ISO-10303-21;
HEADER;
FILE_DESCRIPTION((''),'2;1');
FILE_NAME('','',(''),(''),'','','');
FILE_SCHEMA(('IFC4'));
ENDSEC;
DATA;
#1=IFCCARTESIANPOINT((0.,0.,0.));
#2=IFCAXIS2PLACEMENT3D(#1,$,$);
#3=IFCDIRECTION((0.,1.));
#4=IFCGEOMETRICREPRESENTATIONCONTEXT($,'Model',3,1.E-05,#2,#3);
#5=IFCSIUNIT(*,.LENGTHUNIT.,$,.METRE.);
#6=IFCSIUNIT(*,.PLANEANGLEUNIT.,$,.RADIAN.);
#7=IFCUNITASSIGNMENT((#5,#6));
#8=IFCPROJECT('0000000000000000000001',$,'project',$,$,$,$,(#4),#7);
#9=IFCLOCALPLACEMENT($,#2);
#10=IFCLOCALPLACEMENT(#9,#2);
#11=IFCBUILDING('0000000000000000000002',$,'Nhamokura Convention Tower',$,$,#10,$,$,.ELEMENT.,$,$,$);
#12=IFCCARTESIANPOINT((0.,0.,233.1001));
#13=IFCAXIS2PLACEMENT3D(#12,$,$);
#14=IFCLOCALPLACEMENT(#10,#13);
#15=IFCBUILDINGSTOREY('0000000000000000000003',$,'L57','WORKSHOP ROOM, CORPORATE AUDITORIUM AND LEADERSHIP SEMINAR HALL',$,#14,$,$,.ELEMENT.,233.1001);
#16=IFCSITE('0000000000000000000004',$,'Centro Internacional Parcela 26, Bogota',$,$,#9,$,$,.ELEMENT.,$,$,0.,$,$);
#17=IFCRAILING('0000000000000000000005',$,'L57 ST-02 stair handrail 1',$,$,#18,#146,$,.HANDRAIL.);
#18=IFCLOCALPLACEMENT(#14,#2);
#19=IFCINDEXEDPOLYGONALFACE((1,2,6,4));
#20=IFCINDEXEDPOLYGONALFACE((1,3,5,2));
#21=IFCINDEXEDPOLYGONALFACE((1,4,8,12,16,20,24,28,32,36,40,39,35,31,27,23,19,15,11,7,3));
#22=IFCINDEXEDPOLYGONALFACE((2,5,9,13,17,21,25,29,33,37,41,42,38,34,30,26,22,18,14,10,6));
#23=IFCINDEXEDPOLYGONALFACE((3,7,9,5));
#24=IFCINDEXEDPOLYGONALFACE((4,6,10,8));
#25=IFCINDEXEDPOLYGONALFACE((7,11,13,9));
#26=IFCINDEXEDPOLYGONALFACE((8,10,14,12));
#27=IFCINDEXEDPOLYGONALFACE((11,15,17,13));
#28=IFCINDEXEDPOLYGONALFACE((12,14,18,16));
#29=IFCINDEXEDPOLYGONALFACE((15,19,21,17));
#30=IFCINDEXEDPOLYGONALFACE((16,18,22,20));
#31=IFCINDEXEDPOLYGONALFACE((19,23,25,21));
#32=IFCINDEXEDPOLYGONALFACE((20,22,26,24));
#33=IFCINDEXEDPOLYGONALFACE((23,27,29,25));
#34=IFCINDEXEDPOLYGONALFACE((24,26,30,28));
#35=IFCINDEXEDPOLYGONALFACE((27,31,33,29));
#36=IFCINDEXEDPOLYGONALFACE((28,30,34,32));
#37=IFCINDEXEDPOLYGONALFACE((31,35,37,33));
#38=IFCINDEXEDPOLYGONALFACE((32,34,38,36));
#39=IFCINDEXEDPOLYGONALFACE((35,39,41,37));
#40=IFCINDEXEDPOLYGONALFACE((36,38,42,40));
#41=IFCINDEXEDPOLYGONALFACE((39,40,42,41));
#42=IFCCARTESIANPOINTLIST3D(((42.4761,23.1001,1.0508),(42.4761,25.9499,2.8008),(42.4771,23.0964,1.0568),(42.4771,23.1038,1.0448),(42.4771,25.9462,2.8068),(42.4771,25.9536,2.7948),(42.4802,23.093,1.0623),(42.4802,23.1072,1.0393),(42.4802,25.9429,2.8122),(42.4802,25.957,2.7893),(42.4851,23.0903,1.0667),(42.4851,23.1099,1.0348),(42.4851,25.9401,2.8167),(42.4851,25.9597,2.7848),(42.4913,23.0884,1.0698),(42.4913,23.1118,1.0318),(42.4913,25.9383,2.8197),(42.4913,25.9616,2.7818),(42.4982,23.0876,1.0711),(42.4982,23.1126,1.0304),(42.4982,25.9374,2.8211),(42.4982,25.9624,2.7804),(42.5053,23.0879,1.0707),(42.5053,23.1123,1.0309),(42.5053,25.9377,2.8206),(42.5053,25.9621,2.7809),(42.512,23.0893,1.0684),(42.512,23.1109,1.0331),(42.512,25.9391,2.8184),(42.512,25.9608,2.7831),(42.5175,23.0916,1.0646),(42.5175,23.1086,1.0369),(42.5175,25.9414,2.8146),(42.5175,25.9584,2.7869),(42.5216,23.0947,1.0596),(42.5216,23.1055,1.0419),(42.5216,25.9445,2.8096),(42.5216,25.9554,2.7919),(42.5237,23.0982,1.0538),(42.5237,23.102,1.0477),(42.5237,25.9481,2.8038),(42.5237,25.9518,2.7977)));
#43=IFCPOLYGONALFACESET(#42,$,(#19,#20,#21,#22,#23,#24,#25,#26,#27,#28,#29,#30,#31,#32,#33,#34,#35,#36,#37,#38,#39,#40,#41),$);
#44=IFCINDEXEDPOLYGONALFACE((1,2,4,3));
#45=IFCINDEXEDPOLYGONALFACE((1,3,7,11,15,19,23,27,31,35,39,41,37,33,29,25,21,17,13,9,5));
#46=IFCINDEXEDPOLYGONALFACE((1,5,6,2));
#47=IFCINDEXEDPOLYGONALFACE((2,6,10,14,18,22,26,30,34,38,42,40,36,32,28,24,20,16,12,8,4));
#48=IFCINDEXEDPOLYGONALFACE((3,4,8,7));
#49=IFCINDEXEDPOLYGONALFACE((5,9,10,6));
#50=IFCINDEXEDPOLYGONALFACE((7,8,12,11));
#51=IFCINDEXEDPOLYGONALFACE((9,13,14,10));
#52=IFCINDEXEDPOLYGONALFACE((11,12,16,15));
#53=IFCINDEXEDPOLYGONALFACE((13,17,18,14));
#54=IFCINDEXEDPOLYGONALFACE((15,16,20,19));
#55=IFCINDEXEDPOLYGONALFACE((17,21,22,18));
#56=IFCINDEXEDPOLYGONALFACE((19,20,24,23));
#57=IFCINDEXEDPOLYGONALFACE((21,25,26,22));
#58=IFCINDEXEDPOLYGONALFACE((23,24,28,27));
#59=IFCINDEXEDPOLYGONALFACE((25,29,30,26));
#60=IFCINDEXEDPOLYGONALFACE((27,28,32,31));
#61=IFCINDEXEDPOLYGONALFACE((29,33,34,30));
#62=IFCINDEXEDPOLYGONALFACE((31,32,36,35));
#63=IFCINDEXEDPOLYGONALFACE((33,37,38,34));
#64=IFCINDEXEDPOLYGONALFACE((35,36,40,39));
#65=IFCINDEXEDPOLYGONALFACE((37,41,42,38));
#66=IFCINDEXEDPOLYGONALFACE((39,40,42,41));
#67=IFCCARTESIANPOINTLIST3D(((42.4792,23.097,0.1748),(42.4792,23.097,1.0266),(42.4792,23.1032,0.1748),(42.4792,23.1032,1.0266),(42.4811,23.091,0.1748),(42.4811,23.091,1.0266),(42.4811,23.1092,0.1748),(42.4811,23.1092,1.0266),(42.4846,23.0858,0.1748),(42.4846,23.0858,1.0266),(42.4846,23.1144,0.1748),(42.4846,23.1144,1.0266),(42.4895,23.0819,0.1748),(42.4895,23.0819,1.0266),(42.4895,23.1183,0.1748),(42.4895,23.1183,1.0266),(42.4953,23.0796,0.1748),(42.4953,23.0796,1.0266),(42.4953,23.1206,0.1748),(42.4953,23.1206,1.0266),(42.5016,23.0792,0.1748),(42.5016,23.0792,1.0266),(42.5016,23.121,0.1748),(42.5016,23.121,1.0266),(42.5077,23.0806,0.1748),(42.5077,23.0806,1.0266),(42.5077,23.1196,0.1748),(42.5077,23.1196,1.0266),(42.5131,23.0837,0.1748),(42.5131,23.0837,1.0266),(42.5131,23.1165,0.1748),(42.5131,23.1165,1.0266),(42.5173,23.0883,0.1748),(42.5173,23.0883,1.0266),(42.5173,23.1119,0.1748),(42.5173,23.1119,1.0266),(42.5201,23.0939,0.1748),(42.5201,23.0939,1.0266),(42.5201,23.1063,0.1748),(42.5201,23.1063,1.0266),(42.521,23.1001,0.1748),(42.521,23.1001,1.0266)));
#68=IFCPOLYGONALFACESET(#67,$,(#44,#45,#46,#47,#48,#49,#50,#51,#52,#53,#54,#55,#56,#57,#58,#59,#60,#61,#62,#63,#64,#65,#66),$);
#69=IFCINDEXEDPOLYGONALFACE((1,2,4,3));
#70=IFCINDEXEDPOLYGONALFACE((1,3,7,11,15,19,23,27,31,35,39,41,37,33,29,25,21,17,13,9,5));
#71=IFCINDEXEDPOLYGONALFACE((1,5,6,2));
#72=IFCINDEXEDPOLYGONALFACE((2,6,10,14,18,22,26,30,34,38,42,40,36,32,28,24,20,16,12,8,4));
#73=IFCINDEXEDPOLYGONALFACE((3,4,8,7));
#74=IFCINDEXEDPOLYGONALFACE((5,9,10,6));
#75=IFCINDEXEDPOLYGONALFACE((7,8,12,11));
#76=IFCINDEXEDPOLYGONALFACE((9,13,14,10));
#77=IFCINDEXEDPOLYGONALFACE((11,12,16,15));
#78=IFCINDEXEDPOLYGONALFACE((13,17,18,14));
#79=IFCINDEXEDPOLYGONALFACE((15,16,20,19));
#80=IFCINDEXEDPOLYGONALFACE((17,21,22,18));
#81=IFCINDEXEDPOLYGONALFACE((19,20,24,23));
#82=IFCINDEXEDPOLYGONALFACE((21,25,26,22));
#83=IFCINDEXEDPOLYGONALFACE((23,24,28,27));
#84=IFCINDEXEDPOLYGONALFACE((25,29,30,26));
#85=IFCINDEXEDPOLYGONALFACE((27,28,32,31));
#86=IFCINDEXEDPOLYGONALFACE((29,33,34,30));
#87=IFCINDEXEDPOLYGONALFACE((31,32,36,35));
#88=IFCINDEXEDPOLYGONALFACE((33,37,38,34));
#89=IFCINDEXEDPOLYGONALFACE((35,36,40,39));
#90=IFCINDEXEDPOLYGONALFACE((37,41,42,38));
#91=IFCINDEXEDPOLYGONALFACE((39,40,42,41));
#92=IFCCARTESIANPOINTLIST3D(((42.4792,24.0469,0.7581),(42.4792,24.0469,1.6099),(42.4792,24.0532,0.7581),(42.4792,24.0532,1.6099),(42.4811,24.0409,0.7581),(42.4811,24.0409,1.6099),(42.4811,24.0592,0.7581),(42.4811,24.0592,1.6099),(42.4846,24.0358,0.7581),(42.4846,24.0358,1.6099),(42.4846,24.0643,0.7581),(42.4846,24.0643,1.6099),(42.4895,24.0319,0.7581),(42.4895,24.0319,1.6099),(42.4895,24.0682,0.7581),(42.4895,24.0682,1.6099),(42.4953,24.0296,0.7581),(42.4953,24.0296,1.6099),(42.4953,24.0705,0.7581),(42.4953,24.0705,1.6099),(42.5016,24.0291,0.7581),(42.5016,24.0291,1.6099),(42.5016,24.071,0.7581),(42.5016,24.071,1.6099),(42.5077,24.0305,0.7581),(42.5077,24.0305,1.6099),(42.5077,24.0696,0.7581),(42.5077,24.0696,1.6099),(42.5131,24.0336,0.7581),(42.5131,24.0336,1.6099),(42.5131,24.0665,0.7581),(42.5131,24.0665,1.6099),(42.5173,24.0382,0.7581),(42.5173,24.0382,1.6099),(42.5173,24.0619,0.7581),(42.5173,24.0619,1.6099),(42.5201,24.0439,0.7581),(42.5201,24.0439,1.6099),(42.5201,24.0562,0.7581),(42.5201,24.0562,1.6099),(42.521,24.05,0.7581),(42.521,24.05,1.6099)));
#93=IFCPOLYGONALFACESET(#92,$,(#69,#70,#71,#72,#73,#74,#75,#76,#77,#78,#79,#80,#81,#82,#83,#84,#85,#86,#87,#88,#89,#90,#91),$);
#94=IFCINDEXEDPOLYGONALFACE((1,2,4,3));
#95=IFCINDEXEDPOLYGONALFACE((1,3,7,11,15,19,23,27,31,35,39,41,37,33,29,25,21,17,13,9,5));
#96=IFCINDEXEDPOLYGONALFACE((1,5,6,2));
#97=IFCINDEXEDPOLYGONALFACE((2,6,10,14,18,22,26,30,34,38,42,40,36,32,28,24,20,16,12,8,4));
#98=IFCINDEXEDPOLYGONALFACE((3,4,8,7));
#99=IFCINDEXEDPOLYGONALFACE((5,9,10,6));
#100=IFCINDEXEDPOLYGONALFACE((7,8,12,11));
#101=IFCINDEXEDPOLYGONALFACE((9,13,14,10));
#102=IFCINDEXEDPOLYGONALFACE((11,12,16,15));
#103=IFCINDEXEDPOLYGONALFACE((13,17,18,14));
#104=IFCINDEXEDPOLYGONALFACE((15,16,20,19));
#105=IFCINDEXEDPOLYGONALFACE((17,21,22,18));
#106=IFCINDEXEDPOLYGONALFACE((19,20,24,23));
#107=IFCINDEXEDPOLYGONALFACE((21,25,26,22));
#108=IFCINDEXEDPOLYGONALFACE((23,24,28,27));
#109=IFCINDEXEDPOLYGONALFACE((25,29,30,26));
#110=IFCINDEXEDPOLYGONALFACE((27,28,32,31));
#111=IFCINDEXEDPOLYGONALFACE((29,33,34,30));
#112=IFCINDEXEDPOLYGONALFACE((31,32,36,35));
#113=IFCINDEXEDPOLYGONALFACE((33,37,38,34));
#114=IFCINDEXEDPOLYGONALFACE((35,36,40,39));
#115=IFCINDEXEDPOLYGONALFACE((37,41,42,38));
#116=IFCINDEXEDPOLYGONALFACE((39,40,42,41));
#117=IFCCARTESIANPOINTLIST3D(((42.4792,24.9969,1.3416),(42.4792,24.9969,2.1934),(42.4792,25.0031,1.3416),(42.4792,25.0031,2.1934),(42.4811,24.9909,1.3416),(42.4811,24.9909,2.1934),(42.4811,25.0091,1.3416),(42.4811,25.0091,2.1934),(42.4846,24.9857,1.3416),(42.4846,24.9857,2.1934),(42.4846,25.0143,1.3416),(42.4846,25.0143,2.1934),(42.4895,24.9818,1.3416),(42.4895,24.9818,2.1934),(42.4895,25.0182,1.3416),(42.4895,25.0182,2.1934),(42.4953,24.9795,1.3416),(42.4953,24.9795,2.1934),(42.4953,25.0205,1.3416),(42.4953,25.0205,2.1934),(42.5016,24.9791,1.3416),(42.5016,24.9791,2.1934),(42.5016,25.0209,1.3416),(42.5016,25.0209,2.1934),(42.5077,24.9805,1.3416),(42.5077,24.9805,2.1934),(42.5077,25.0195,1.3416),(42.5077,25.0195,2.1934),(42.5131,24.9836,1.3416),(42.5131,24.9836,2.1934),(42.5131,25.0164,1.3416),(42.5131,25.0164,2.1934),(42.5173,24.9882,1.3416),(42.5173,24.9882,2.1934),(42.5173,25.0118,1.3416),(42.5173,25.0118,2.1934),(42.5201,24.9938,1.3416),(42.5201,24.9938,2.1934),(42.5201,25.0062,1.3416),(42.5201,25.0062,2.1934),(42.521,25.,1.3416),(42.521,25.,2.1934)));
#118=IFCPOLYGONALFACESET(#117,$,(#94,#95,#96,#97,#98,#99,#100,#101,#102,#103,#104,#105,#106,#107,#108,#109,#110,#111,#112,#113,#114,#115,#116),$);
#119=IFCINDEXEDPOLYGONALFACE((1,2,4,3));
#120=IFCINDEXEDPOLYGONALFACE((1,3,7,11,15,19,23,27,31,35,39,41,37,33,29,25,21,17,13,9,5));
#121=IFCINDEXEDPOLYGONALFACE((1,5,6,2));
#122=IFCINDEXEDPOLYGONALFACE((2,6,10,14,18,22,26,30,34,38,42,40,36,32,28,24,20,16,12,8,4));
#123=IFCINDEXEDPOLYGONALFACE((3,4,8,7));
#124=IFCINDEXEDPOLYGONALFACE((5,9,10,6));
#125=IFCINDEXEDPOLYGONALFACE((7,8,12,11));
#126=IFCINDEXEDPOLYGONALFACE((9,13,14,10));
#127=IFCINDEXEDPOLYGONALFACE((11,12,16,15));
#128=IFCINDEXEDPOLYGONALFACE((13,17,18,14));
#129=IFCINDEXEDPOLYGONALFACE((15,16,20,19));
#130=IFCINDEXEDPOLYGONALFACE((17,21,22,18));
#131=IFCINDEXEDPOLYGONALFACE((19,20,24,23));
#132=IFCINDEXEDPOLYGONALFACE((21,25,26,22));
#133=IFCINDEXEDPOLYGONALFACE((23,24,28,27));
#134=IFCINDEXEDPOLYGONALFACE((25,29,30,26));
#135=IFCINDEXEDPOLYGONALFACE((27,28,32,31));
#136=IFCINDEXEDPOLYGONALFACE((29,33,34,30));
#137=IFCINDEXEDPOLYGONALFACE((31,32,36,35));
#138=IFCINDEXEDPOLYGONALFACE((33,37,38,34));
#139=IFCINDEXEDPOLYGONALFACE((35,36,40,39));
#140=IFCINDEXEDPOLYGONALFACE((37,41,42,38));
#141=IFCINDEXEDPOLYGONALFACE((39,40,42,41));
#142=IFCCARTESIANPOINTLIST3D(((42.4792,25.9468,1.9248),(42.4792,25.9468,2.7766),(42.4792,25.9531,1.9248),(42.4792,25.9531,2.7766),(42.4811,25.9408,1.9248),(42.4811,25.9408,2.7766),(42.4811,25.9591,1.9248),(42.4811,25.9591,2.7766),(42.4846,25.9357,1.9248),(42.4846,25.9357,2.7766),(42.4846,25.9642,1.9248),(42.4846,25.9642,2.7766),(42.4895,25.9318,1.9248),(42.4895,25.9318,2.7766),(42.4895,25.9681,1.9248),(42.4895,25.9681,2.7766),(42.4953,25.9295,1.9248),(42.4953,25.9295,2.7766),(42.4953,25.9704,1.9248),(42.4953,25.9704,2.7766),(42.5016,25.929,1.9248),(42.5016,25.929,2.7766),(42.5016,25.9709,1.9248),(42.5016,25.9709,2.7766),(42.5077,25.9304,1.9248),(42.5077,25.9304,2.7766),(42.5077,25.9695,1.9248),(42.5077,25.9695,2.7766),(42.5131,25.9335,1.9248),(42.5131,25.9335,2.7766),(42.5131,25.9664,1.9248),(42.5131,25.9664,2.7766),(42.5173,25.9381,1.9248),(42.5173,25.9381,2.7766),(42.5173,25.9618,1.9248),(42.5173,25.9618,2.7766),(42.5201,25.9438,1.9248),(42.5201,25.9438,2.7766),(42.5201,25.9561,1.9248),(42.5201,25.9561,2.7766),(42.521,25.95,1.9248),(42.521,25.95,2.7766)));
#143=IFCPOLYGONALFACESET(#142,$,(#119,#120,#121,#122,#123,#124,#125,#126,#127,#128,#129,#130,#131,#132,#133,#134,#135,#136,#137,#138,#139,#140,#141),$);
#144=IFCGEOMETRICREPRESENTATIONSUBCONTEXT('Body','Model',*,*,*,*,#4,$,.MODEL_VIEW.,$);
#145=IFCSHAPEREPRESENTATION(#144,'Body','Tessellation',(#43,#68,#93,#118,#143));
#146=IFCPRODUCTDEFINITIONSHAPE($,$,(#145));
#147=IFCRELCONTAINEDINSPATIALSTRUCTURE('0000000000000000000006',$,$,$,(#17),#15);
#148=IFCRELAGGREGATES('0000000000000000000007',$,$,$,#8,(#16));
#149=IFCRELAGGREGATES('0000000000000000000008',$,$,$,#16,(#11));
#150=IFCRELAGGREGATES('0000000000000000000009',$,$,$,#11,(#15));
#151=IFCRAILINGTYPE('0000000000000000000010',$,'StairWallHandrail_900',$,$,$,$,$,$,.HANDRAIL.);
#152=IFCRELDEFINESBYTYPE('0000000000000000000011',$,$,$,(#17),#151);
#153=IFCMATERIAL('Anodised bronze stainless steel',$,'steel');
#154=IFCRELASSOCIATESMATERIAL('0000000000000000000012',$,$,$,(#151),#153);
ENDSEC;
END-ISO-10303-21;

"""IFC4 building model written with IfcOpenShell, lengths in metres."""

from ifc_helpers import new_model, si_unit, direction, frame, origin, origin_2d, place, context, subcontext, project, spatial, circle, extrude, material, type_object, element, save


model = new_model("IFC4")

# Units and contexts
model_context = context("Model", 3, precision=1e-05, world=origin(), true_north=direction((0.0, 1.0)))
body_context = subcontext(model_context, "Body", "Model", "MODEL_VIEW")
ifc_project = project(units=[si_unit("LENGTHUNIT", "METRE"), si_unit("PLANEANGLEUNIT", "RADIAN")], contexts=[model_context])

# Site, building, storey
site_placement = place(None, origin())
site = spatial("IfcSite", under=ifc_project, at=site_placement, Name="Centro Internacional Parcela 26, Bogota", CompositionType="ELEMENT", RefElevation=0.0)
building_placement = place(site_placement, origin())
building = spatial("IfcBuilding", under=site, at=building_placement, Name="Nhamokura Convention Tower", CompositionType="ELEMENT")
storey_placement = place(building_placement, frame((0.0, 0.0, 233.1001)))
storey = spatial("IfcBuildingStorey", under=building, at=storey_placement, Name="L57", Description="WORKSHOP ROOM, CORPORATE AUDITORIUM AND LEADERSHIP SEMINAR HALL", CompositionType="ELEMENT", Elevation=233.1001)

# Railing
ifc_material_1 = material(Name="Anodised bronze stainless steel", Category="steel")
railing_type_1 = type_object("IfcRailingType", Name="StairWallHandrail_900", PredefinedType="HANDRAIL", material=ifc_material_1)
railing_1_placement = place(storey_placement, frame((42.5, 23.1001, 0.1748)))
element("IfcRailing", 1, at=railing_1_placement, inside=storey, type_object=railing_type_1, Name="L57 ST-02 stair handrail 1", PredefinedType="HANDRAIL", context=body_context, shape_type="SweptSolid", body=[
    extrude(circle(Radius=0.0239, at=origin_2d()), frame((0.0, 0.0, 0.876), z_axis=(0.0, 0.852159, 0.523283), x_axis=(-1.0, 0.0, 0.0)), (0.0, 0.0, 1.0), 3.3442),
    extrude(circle(Radius=0.021, at=origin_2d()), origin(), (0.0, 0.0, 1.0), 0.8518),
    extrude(circle(Radius=0.021, at=origin_2d()), frame((0.0, 0.95, 0.5833)), (0.0, 0.0, 1.0), 0.8518),
    extrude(circle(Radius=0.021, at=origin_2d()), frame((0.0, 1.8999, 1.1667)), (0.0, 0.0, 1.0), 0.8518),
    extrude(circle(Radius=0.021, at=origin_2d()), frame((0.0, 2.8499, 1.75)), (0.0, 0.0, 1.0), 0.8518),
])

save(model, "model.ifc")
